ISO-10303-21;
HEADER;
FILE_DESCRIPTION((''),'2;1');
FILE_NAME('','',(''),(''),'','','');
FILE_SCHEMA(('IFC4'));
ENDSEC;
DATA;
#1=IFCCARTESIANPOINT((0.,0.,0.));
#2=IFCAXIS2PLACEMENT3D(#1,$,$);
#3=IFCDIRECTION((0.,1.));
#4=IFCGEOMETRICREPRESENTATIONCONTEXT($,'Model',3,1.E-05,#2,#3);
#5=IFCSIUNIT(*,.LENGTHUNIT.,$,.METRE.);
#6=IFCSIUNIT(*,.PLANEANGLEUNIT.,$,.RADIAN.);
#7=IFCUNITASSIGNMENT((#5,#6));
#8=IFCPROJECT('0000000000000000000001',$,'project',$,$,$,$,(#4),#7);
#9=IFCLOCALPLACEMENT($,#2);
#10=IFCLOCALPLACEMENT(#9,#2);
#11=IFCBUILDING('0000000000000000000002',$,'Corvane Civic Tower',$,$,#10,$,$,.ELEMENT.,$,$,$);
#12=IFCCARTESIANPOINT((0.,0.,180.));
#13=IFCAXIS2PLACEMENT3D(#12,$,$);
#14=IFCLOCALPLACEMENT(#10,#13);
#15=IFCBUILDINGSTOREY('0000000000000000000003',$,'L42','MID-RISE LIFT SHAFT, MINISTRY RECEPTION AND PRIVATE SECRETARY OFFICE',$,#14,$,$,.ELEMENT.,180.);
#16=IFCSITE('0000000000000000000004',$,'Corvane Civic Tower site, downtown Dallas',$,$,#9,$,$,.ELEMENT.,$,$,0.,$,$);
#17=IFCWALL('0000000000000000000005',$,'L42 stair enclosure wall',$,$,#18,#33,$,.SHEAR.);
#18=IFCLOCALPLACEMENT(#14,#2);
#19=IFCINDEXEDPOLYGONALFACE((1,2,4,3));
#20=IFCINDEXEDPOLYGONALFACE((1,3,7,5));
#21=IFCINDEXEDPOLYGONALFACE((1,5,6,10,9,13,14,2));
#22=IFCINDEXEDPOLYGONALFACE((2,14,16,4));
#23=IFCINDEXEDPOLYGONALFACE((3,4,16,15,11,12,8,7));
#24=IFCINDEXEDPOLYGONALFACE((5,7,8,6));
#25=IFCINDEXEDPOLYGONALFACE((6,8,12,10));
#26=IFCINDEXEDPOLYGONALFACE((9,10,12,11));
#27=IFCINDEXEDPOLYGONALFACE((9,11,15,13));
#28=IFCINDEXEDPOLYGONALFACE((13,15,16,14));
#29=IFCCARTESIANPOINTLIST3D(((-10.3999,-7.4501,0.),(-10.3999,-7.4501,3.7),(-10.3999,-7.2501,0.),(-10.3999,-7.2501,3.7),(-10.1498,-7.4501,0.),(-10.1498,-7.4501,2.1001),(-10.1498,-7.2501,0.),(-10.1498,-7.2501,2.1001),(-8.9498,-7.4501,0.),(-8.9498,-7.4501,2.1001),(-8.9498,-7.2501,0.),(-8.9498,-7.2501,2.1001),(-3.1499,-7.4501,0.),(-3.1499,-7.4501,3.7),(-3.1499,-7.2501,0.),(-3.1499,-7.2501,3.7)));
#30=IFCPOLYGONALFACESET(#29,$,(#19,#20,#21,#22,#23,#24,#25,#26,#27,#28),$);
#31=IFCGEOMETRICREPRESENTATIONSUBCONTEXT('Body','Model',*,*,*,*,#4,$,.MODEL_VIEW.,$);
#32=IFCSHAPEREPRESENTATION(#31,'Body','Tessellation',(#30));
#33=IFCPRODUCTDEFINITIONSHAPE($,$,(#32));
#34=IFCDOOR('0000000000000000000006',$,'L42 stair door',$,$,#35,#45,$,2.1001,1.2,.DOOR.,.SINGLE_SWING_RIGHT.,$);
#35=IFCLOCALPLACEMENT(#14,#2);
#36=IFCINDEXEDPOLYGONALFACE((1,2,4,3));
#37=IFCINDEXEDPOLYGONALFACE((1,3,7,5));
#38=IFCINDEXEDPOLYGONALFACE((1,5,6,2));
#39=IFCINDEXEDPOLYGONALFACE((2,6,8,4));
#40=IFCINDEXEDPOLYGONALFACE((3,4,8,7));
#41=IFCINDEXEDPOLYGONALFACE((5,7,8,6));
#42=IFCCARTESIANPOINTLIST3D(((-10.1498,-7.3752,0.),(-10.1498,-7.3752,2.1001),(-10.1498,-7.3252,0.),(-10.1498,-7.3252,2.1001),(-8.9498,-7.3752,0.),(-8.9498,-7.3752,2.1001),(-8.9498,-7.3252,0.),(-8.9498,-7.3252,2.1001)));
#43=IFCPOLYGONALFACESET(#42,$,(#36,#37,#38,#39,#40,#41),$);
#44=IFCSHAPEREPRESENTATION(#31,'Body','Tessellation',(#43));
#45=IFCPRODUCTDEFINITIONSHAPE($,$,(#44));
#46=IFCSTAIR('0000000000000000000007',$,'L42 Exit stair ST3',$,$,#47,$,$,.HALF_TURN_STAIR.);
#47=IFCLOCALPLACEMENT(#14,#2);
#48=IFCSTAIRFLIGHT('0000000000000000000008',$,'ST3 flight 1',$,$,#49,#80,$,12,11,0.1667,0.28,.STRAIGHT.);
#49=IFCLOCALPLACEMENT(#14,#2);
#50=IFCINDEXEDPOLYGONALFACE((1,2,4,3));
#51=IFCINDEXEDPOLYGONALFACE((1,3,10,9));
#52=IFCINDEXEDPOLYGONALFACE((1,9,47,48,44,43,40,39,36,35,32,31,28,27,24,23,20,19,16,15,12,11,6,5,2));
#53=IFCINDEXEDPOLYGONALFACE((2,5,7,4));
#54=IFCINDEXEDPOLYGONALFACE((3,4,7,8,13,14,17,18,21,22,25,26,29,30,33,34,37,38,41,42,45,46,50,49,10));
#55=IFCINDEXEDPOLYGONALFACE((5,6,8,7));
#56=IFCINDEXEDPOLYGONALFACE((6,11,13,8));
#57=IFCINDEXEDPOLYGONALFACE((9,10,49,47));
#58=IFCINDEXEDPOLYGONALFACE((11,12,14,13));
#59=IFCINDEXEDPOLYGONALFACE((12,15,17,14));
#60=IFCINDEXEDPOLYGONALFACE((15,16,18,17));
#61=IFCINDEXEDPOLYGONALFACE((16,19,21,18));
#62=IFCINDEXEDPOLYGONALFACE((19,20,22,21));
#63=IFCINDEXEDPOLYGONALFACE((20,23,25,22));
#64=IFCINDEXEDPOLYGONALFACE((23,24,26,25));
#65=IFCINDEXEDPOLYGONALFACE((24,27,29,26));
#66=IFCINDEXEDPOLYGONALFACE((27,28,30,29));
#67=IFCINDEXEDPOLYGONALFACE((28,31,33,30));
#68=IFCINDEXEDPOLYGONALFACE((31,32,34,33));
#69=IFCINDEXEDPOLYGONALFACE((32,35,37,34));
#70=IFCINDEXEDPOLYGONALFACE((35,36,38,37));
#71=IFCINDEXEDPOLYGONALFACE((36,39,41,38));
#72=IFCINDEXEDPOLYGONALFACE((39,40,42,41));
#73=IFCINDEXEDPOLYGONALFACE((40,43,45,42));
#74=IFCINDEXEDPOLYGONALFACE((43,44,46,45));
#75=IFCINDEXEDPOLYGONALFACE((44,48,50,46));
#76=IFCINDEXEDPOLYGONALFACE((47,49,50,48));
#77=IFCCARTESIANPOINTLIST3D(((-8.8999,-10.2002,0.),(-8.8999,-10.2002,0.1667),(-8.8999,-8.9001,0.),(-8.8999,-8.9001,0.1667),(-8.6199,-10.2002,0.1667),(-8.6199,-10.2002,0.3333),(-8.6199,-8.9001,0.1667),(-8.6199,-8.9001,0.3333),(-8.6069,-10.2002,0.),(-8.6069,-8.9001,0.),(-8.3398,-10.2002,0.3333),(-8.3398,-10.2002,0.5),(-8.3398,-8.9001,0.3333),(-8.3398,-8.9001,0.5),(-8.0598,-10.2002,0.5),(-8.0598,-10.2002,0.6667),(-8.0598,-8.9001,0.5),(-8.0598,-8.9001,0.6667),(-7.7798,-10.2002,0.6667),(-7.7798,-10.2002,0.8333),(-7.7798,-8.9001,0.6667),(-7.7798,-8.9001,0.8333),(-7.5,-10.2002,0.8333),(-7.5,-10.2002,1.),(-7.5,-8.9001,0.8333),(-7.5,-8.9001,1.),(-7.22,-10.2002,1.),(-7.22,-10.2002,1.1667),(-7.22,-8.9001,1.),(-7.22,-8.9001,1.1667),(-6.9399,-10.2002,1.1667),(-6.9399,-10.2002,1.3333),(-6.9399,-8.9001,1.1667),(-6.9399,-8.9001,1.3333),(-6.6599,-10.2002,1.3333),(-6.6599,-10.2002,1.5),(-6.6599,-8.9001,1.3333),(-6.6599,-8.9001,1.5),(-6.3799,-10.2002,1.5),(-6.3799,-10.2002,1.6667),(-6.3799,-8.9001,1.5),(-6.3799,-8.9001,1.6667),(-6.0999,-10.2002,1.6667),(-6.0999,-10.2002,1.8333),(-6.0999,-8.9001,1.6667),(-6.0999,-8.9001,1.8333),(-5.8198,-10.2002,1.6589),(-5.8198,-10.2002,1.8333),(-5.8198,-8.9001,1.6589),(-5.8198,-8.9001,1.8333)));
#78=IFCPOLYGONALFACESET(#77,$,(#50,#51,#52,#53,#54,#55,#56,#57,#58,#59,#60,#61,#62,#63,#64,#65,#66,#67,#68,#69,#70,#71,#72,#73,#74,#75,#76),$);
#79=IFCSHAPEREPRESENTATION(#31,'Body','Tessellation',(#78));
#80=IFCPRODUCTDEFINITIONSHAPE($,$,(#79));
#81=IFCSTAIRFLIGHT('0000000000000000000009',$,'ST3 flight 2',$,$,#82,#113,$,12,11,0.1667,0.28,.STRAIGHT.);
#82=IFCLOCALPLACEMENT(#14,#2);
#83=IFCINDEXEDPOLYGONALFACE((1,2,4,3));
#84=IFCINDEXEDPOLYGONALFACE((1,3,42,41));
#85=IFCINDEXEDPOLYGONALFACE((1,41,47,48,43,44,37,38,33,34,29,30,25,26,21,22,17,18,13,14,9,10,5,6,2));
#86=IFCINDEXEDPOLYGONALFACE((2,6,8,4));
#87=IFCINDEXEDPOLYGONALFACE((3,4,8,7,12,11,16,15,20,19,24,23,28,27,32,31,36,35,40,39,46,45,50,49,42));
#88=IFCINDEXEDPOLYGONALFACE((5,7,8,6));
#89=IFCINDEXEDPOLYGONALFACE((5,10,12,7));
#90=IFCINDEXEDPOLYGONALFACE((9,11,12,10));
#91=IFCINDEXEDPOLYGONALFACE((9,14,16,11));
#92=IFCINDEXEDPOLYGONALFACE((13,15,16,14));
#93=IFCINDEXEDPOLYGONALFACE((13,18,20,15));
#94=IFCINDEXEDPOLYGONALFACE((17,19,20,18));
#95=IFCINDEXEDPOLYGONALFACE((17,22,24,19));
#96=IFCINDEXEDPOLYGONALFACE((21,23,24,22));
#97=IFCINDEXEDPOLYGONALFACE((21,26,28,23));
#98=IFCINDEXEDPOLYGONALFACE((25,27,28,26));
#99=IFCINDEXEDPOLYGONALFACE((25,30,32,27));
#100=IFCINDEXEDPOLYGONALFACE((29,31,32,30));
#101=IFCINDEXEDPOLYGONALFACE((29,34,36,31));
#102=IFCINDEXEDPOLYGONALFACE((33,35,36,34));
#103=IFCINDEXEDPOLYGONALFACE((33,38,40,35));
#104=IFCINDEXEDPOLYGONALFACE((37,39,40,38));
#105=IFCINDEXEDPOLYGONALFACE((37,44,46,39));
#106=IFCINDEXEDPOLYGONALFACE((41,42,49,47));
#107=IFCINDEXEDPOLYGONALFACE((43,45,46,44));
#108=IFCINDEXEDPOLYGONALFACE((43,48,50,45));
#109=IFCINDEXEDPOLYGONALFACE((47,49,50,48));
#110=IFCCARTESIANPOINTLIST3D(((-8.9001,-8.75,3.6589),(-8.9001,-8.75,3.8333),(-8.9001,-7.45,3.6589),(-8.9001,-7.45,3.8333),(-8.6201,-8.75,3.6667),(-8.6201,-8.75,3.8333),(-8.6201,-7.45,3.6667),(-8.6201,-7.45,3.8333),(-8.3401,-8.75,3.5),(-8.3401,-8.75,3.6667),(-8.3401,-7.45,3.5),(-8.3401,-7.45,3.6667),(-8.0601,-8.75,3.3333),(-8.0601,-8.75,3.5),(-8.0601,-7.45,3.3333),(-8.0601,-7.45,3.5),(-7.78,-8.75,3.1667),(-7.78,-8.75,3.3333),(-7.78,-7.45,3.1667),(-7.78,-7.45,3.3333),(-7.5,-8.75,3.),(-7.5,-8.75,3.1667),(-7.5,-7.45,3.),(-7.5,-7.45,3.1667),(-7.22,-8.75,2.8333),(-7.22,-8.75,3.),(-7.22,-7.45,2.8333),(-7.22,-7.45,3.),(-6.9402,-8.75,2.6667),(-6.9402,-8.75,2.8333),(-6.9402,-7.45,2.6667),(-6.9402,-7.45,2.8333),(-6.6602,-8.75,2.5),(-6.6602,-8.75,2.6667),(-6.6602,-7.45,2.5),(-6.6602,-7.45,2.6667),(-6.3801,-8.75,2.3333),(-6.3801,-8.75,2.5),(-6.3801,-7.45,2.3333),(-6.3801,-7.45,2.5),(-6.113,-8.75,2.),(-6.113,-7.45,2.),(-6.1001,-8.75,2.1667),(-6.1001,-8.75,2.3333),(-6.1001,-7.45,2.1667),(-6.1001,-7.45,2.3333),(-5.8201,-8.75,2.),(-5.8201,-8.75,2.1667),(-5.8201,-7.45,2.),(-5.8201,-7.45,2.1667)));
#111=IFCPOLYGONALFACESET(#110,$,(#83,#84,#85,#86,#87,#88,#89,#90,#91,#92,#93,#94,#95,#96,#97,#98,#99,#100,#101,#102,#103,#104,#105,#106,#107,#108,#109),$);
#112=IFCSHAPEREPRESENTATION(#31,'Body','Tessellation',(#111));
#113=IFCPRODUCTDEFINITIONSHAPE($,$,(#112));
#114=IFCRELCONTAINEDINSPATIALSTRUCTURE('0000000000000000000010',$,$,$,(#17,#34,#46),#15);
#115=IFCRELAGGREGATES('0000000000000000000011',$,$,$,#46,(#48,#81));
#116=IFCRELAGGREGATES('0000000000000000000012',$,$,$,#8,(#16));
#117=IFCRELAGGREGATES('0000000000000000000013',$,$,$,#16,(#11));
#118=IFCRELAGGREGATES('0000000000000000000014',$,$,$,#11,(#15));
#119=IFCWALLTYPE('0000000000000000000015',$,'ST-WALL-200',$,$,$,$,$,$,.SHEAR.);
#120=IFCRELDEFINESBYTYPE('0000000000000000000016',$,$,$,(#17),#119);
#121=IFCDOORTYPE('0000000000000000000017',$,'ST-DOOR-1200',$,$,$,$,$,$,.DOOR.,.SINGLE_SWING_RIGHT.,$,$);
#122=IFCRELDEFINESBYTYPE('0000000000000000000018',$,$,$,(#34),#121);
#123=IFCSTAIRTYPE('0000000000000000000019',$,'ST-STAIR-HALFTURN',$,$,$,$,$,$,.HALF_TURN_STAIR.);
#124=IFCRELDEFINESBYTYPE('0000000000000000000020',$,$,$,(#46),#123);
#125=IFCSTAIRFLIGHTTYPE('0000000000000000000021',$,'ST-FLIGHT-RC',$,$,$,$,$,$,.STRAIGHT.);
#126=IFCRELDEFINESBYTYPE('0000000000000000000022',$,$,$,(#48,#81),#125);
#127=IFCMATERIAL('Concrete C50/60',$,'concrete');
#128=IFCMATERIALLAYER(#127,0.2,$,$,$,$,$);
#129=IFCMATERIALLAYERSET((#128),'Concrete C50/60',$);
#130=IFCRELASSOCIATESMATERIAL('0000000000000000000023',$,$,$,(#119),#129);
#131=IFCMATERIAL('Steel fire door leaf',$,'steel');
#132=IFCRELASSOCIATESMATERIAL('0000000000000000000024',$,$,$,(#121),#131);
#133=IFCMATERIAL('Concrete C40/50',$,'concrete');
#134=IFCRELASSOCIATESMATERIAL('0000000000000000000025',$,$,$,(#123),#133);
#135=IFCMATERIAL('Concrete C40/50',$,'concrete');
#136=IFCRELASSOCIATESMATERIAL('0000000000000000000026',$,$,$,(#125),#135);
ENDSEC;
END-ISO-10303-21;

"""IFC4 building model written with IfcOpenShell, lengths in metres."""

from ifc_helpers import new_model, si_unit, direction, frame, frame_2d, origin, place, context, subcontext, project, spatial, polyline, rectangle, outline, extrude, material, layer, layer_set, type_object, element, fill, aggregate, save


model = new_model("IFC4")

# Units and contexts
model_context = context("Model", 3, precision=1e-05, world=origin(), true_north=direction((0.0, 1.0)))
body_context = subcontext(model_context, "Body", "Model", "MODEL_VIEW")
ifc_project = project(units=[si_unit("LENGTHUNIT", "METRE"), si_unit("PLANEANGLEUNIT", "RADIAN")], contexts=[model_context])

# Site, building, storey
site_placement = place(None, origin())
site = spatial("IfcSite", under=ifc_project, at=site_placement, Name="Corvane Civic Tower site, downtown Dallas", CompositionType="ELEMENT", RefElevation=0.0)
building_placement = place(site_placement, origin())
building = spatial("IfcBuilding", under=site, at=building_placement, Name="Corvane Civic Tower", CompositionType="ELEMENT")
storey_placement = place(building_placement, frame((0.0, 0.0, 180.0)))
storey = spatial("IfcBuildingStorey", under=building, at=storey_placement, Name="L42", Description="MID-RISE LIFT SHAFT, MINISTRY RECEPTION AND PRIVATE SECRETARY OFFICE", CompositionType="ELEMENT", Elevation=180.0)

# Wall, opening, door
ifc_material_1 = material(Name="Concrete C50/60", Category="concrete")
ifc_layer_1 = layer(ifc_material_1, 0.2)
ifc_layer_set_1 = layer_set([ifc_layer_1], Name="Concrete C50/60")
wall_type_1 = type_object("IfcWallType", Name="ST-WALL-200", PredefinedType="SHEAR", material=ifc_layer_set_1)
wall_1_placement = place(storey_placement, frame((-10.3999, -7.3501, 0.0), z_axis=(0.0, 0.0, 1.0), x_axis=(1.0, 0.0, 0.0)))
wall_1 = element("IfcWall", 1, at=wall_1_placement, inside=storey, type_object=wall_type_1, Name="L42 stair enclosure wall", PredefinedType="SHEAR", context=body_context, shape_type="SweptSolid", body=[
    extrude(rectangle(XDim=7.25, YDim=0.2, at=frame_2d((3.625, 0.0))), origin(), (0.0, 0.0, 1.0), 3.7),
])
opening_1_placement = place(wall_1_placement, frame((0.25, 0.0, 0.0)))
opening_1 = element("IfcOpeningElement", 2, at=opening_1_placement, cuts=wall_1, PredefinedType="OPENING", context=body_context, shape_type="SweptSolid", body=[
    extrude(rectangle(XDim=1.2, YDim=2.1001, at=frame_2d((0.6001, 1.05))), frame((0.0, 0.1099, 0.0), z_axis=(0.0, -1.0, 0.0), x_axis=(1.0, 0.0, 0.0)), (0.0, 0.0, 1.0), 0.22),
])
ifc_material_2 = material(Name="Steel fire door leaf", Category="steel")
door_type_1 = type_object("IfcDoorType", Name="ST-DOOR-1200", OperationType="SINGLE_SWING_RIGHT", PredefinedType="DOOR", material=ifc_material_2)
door_1_placement = place(opening_1_placement, origin())
door_1 = element("IfcDoor", 3, at=door_1_placement, inside=storey, type_object=door_type_1, Name="L42 stair door", OperationType="SINGLE_SWING_RIGHT", OverallHeight=2.1001, OverallWidth=1.2, PredefinedType="DOOR", context=body_context, shape_type="SweptSolid", body=[
    extrude(rectangle(XDim=1.2, YDim=2.1001, at=frame_2d((0.6001, 1.05))), frame((0.0, 0.0249, 0.0), z_axis=(0.0, -1.0, 0.0), x_axis=(1.0, 0.0, 0.0)), (0.0, 0.0, 1.0), 0.05),
])
fill(opening_1, door_1)

# Stair, stair flights
ifc_material_3 = material(Name="Concrete C40/50", Category="concrete")
stair_type = type_object("IfcStairType", Name="ST-STAIR-HALFTURN", PredefinedType="HALF_TURN_STAIR", material=ifc_material_3)
stair_placement = place(storey_placement, origin())
stair = element("IfcStair", 4, at=stair_placement, inside=storey, type_object=stair_type, Name="L42 Exit stair ST3", PredefinedType="HALF_TURN_STAIR")
ifc_material_4 = material(Name="Concrete C40/50", Category="concrete")
stair_flight_type = type_object("IfcStairFlightType", Name="ST-FLIGHT-RC", PredefinedType="STRAIGHT", material=ifc_material_4)
stair_flight_1_placement = place(storey_placement, frame((-8.8999, -9.55, 0.0), z_axis=(0.0, 0.0, 1.0), x_axis=(1.0, 0.0, 0.0)))
stair_flight_1 = element("IfcStairFlight", 5, at=stair_flight_1_placement, type_object=stair_flight_type, Name="ST3 flight 1", NumberOfRisers=12, NumberOfTreads=11, PredefinedType="STRAIGHT", RiserHeight=0.1667, TreadLength=0.28, context=body_context, shape_type="SweptSolid", body=[
    extrude(outline(polyline([(0.0, 0.0), (0.0, 0.1667), (0.28, 0.1667), (0.28, 0.3333), (0.5601, 0.3333), (0.5601, 0.5), (0.8401, 0.5), (0.8401, 0.6667), (1.1201, 0.6667), (1.1201, 0.8333), (1.3999, 0.8333), (1.3999, 1.0), (1.6799, 1.0), (1.6799, 1.1667), (1.96, 1.1667), (1.96, 1.3333), (2.24, 1.3333), (2.24, 1.5), (2.52, 1.5), (2.52, 1.6667), (2.8, 1.6667), (2.8, 1.8333), (3.0801, 1.8333), (3.0801, 2.0), (3.0801, 1.6589), (0.293, 0.0), (0.0, 0.0)])), frame((0.0, 0.6499, 0.0), z_axis=(0.0, -1.0, 0.0), x_axis=(1.0, 0.0, 0.0)), (0.0, 0.0, 1.0), 1.3),
])
stair_flight_2_placement = place(storey_placement, frame((-5.8201, -8.1001, 2.0), z_axis=(0.0, 0.0, 1.0), x_axis=(-1.0, 0.0, 0.0)))
stair_flight_2 = element("IfcStairFlight", 6, at=stair_flight_2_placement, type_object=stair_flight_type, Name="ST3 flight 2", NumberOfRisers=12, NumberOfTreads=11, PredefinedType="STRAIGHT", RiserHeight=0.1667, TreadLength=0.28, context=body_context, shape_type="SweptSolid", body=[
    extrude(outline(polyline([(0.0, 0.0), (0.0, 0.1667), (0.28, 0.1667), (0.28, 0.3333), (0.5601, 0.3333), (0.5601, 0.5), (0.8401, 0.5), (0.8401, 0.6667), (1.1201, 0.6667), (1.1201, 0.8333), (1.3999, 0.8333), (1.3999, 1.0), (1.6799, 1.0), (1.6799, 1.1667), (1.96, 1.1667), (1.96, 1.3333), (2.24, 1.3333), (2.24, 1.5), (2.52, 1.5), (2.52, 1.6667), (2.8, 1.6667), (2.8, 1.8333), (3.0801, 1.8333), (3.0801, 2.0), (3.0801, 1.6589), (0.293, 0.0), (0.0, 0.0)])), frame((0.0, 0.6499, 0.0), z_axis=(0.0, -1.0, 0.0), x_axis=(1.0, 0.0, 0.0)), (0.0, 0.0, 1.0), 1.3),
])
aggregate(stair, [stair_flight_1, stair_flight_2])

save(model, "model.ifc")
